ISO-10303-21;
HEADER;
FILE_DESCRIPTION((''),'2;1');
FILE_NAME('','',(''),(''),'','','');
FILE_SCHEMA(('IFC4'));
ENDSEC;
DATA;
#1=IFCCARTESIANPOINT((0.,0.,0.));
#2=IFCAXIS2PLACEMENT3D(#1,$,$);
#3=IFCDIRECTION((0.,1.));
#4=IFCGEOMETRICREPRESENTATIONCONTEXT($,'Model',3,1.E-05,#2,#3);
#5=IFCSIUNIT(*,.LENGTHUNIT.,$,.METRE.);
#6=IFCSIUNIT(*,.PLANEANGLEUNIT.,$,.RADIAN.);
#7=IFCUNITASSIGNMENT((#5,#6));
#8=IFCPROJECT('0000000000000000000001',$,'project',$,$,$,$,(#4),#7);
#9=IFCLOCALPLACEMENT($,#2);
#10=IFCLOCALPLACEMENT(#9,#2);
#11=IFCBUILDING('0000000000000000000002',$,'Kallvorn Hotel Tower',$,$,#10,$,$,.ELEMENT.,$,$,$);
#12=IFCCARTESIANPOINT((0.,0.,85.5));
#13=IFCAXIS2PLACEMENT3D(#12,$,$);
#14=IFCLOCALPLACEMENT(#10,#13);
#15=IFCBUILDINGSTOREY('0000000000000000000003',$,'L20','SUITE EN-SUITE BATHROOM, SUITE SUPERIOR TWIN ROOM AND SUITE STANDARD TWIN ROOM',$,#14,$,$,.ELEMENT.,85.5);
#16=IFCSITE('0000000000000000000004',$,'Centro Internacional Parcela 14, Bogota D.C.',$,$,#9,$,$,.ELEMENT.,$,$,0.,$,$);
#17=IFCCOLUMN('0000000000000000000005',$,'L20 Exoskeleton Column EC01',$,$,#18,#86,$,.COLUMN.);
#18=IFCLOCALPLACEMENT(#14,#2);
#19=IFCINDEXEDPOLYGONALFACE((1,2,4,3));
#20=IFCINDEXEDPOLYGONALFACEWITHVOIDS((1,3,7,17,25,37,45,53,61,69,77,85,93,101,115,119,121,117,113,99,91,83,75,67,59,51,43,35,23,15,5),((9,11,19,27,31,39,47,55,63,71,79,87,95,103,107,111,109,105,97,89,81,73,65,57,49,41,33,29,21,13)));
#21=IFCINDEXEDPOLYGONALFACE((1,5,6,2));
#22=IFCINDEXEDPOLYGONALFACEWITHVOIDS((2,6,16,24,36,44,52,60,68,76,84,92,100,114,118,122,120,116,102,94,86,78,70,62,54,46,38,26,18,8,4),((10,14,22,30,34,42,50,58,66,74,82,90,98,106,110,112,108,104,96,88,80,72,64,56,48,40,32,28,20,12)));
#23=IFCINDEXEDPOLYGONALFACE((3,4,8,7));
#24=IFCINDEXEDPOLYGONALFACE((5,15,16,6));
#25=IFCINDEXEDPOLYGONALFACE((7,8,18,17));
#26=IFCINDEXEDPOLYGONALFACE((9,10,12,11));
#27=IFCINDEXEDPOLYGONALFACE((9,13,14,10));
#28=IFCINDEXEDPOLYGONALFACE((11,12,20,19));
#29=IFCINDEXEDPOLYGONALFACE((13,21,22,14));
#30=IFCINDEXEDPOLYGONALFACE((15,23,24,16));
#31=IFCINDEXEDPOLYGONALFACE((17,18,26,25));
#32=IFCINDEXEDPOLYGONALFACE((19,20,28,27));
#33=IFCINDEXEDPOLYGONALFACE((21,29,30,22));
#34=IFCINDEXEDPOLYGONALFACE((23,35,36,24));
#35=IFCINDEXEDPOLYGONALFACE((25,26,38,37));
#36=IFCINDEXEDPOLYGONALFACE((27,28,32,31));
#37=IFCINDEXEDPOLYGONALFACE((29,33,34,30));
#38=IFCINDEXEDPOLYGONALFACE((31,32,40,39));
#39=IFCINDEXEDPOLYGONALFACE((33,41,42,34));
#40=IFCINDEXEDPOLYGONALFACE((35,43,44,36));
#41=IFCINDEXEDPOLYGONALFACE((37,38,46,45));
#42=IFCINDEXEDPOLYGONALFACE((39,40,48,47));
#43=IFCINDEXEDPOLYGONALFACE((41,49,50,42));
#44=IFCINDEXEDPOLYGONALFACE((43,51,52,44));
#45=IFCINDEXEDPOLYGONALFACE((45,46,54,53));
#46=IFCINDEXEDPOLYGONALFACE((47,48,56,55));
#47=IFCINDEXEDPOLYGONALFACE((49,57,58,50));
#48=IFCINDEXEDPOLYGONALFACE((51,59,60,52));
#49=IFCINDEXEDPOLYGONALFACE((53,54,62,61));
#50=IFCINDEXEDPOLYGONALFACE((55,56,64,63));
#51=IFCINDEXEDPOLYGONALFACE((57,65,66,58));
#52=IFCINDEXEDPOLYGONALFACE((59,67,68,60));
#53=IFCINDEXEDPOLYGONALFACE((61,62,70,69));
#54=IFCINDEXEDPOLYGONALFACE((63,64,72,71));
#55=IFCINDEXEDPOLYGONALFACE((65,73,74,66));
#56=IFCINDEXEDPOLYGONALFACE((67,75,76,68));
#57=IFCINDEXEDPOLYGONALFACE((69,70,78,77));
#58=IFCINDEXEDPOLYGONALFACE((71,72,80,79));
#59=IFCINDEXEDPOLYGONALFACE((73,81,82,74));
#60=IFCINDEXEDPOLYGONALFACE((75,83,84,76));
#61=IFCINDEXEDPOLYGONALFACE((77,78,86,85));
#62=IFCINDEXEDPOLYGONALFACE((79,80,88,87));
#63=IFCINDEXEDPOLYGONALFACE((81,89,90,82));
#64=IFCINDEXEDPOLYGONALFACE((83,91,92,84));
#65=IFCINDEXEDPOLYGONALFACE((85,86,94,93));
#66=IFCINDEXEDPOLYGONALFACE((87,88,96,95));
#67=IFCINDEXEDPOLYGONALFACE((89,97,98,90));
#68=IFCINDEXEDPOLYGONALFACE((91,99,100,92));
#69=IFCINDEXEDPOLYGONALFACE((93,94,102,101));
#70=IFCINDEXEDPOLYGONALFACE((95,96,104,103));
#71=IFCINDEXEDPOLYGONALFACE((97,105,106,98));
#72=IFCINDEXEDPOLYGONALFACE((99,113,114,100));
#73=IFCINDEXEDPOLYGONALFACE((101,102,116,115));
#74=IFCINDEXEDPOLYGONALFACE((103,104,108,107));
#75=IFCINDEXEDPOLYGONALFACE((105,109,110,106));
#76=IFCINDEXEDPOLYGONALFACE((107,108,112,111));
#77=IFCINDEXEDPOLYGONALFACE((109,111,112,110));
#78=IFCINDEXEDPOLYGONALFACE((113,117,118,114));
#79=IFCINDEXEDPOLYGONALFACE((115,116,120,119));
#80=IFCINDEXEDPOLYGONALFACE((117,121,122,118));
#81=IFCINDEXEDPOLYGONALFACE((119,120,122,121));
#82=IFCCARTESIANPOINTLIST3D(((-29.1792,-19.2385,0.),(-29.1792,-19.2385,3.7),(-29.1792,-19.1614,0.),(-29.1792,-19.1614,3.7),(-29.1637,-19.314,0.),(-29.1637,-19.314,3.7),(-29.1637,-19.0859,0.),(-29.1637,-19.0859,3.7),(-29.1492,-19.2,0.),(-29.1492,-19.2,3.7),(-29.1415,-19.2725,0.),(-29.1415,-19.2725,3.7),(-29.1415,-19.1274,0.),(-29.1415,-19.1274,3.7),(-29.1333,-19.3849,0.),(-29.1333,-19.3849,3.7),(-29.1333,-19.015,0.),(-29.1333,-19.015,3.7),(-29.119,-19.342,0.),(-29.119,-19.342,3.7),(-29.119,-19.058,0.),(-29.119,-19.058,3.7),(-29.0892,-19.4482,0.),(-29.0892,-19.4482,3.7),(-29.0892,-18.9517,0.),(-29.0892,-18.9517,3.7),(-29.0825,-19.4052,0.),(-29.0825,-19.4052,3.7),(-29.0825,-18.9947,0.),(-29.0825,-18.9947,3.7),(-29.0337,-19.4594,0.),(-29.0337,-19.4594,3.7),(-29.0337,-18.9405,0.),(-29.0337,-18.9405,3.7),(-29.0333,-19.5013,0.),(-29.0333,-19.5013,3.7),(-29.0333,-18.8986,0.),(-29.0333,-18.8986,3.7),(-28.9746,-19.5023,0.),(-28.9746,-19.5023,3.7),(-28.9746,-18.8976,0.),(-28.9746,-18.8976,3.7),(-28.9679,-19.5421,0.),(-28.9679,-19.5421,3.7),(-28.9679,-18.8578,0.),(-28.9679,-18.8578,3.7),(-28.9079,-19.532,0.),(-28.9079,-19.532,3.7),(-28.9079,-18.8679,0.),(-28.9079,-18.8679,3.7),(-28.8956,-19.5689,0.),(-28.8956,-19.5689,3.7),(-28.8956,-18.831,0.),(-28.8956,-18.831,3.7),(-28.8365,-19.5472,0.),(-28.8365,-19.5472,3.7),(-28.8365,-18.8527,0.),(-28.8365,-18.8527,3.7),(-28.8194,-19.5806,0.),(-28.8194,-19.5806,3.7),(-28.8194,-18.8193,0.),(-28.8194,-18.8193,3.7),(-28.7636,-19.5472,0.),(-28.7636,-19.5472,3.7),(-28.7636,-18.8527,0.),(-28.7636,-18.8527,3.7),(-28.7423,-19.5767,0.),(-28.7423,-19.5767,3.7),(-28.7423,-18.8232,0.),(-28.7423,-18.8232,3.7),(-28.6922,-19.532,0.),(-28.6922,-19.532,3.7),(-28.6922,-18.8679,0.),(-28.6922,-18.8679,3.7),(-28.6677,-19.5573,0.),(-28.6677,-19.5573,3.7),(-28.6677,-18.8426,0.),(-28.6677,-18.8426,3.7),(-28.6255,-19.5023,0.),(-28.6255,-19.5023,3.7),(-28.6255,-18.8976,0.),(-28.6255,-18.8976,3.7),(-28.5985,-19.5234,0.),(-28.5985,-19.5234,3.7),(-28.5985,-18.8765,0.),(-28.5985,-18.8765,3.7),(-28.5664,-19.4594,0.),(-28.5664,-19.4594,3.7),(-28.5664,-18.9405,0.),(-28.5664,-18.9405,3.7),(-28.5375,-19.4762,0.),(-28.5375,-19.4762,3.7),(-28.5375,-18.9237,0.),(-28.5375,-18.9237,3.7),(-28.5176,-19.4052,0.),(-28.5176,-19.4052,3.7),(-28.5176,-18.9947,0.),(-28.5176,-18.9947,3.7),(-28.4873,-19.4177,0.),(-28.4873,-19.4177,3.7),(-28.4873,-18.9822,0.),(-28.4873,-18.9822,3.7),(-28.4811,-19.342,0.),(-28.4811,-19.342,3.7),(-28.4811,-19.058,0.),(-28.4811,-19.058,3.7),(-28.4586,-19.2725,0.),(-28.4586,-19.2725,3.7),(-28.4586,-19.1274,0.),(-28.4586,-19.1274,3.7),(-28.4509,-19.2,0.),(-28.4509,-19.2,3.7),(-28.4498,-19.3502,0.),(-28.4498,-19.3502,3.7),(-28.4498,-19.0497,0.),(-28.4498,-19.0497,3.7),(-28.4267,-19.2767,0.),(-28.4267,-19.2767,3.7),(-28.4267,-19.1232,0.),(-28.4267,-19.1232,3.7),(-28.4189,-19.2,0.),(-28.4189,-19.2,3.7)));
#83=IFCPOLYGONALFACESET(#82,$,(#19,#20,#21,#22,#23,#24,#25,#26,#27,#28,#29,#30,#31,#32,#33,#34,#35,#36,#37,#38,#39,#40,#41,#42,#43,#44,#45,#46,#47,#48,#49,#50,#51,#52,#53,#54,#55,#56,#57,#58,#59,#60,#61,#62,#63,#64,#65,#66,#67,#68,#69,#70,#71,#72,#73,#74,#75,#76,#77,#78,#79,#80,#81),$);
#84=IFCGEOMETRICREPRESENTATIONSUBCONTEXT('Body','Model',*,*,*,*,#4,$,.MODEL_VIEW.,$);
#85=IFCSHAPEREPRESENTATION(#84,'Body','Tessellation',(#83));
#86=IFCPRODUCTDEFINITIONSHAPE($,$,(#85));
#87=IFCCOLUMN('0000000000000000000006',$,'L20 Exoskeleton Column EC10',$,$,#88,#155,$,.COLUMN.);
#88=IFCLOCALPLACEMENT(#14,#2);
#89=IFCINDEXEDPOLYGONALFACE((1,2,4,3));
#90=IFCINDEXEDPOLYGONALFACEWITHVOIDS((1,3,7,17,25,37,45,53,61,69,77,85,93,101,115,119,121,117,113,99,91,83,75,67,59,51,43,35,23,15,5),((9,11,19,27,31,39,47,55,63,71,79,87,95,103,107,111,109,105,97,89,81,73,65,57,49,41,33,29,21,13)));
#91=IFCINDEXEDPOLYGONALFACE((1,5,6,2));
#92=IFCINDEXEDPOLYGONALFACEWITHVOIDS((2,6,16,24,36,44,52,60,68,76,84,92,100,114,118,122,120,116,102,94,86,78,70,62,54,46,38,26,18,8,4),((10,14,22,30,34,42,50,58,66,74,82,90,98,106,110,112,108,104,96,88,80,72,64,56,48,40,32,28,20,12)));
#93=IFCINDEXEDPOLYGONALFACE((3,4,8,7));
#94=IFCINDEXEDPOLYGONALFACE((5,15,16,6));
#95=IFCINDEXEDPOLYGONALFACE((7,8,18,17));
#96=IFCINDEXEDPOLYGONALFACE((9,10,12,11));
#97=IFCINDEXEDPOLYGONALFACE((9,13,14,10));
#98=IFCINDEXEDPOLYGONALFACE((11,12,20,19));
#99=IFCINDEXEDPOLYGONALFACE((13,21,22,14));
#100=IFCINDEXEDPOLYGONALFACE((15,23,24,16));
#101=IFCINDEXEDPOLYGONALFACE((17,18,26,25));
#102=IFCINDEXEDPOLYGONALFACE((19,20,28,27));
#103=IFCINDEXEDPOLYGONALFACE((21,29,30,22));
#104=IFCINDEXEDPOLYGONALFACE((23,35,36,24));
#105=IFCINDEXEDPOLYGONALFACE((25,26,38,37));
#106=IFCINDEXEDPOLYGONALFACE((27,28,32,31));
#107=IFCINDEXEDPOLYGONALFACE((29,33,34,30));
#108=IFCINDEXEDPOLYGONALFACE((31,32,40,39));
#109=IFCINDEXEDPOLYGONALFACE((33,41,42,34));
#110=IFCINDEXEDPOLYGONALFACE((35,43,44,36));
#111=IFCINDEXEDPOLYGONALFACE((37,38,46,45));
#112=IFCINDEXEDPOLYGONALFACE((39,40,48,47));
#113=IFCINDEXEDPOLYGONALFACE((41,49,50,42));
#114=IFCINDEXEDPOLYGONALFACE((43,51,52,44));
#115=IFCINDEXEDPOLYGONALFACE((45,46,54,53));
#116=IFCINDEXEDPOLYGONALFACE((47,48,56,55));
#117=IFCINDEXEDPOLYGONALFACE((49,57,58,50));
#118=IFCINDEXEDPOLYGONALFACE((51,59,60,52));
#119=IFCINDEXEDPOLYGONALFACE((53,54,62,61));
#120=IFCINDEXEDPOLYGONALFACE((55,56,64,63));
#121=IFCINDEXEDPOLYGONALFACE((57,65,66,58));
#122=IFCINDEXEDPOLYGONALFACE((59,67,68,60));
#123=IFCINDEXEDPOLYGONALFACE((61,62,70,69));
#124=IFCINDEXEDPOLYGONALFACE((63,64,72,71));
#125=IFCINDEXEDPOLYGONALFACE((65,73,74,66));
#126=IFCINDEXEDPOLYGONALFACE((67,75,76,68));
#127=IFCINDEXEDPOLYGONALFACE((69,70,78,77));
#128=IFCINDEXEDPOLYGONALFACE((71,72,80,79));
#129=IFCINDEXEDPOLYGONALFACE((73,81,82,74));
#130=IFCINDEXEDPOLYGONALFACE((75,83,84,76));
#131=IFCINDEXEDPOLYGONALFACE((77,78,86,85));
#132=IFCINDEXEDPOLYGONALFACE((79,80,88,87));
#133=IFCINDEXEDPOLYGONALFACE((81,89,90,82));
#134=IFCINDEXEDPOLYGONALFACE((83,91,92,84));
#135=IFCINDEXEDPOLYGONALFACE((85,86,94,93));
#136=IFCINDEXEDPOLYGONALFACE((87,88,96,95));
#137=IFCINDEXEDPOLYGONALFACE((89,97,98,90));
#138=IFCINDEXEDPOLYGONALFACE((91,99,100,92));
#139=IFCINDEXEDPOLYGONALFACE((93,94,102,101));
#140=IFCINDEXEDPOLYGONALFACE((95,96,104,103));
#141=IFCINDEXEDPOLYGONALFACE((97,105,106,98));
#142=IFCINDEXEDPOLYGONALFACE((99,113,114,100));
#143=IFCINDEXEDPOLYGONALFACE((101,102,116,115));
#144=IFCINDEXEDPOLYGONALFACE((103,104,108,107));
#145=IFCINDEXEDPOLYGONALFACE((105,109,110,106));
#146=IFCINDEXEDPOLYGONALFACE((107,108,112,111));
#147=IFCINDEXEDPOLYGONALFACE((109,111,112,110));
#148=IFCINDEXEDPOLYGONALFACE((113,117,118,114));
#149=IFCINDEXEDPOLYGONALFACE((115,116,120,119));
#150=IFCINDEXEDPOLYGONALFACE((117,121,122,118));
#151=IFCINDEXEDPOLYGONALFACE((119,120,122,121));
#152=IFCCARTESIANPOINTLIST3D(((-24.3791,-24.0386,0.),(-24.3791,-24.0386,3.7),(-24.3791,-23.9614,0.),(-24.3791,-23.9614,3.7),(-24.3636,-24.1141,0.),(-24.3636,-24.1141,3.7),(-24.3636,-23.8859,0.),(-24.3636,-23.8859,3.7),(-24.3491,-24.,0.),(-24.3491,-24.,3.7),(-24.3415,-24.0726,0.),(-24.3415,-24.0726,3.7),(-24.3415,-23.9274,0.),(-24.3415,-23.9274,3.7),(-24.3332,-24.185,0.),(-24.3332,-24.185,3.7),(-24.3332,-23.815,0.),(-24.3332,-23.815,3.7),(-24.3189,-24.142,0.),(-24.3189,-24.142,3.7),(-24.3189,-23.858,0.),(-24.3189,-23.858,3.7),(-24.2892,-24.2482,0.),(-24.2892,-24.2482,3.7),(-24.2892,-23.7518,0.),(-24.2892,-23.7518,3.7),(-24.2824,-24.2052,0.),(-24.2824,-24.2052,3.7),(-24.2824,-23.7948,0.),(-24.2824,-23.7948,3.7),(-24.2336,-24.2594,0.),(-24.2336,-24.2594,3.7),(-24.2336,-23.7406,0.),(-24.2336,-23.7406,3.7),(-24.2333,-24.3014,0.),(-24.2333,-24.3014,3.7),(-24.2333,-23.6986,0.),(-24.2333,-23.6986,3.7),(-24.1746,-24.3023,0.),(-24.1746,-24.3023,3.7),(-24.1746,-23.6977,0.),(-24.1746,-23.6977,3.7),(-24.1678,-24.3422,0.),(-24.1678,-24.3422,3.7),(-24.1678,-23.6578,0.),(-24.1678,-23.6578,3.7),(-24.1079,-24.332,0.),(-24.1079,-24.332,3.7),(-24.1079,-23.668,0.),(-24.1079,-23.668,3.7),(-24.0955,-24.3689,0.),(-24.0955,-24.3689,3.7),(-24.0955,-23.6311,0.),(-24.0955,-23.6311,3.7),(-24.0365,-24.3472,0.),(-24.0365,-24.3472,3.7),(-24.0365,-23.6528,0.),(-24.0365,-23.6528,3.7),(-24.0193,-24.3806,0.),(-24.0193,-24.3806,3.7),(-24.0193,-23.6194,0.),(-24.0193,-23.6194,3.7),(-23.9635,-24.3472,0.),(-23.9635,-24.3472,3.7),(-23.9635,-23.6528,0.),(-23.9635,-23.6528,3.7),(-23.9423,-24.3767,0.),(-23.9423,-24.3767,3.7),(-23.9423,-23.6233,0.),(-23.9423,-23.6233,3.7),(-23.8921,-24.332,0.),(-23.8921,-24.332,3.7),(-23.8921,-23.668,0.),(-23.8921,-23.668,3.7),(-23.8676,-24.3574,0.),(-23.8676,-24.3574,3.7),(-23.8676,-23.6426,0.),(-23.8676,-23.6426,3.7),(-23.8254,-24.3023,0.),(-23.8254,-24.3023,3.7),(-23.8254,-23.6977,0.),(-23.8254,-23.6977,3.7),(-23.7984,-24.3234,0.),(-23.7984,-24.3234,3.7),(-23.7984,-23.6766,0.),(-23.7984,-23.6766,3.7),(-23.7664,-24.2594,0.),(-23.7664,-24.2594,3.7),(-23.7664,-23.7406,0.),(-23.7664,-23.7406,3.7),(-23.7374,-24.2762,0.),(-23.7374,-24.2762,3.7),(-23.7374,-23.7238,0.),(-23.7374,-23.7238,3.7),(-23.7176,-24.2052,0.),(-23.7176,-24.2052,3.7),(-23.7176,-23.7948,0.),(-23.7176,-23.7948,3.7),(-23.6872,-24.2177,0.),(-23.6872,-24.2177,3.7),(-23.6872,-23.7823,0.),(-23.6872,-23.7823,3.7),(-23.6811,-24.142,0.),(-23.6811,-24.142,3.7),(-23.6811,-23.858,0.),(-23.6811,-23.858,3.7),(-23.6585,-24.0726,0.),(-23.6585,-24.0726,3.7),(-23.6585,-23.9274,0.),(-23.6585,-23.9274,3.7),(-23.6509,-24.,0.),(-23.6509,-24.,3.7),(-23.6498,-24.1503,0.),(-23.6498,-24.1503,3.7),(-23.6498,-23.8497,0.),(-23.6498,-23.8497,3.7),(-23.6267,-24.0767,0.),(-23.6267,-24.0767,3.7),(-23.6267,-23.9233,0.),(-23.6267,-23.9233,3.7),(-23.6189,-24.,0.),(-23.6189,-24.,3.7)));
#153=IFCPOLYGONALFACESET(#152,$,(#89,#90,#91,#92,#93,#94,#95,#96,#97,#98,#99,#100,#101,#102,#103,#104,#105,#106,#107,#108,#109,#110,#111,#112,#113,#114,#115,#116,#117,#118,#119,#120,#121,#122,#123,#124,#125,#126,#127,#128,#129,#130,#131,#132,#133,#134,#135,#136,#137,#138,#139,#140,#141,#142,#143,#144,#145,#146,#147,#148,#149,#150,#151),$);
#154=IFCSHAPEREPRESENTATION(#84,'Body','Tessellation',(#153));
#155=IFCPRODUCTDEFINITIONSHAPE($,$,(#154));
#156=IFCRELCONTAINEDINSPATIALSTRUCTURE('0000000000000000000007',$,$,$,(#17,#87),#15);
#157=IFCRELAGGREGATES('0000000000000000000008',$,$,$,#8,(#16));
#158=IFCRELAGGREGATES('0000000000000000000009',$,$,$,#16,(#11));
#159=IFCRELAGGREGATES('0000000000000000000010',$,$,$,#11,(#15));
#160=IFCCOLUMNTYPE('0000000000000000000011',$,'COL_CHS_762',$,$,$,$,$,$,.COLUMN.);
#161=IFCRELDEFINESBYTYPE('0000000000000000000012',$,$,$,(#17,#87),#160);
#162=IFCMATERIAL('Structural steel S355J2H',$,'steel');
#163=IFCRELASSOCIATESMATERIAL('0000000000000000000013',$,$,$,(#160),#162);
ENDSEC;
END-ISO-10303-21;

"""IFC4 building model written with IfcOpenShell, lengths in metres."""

from ifc_helpers import new_model, si_unit, direction, frame, origin, origin_2d, place, context, subcontext, project, spatial, hollow_circle, extrude, material, material_profile, profile_set, type_object, element, save


model = new_model("IFC4")

# Units and contexts
model_context = context("Model", 3, precision=1e-05, world=origin(), true_north=direction((0.0, 1.0)))
body_context = subcontext(model_context, "Body", "Model", "MODEL_VIEW")
ifc_project = project(units=[si_unit("LENGTHUNIT", "METRE"), si_unit("PLANEANGLEUNIT", "RADIAN")], contexts=[model_context])

# Site, building, storey
site_placement = place(None, origin())
site = spatial("IfcSite", under=ifc_project, at=site_placement, Name="Centro Internacional Parcela 14, Bogota D.C.", CompositionType="ELEMENT", RefElevation=0.0)
building_placement = place(site_placement, origin())
building = spatial("IfcBuilding", under=site, at=building_placement, Name="Kallvorn Hotel Tower", CompositionType="ELEMENT")
storey_placement = place(building_placement, frame((0.0, 0.0, 85.5)))
storey = spatial("IfcBuildingStorey", under=building, at=storey_placement, Name="L20", Description="SUITE EN-SUITE BATHROOM, SUITE SUPERIOR TWIN ROOM AND SUITE STANDARD TWIN ROOM", CompositionType="ELEMENT", Elevation=85.5)

# Columns
ifc_material_1 = material(Name="Structural steel S355J2H", Category="steel")
ifc_material_profile_1 = material_profile(ifc_material_1, hollow_circle(Radius=0.3811, WallThickness=0.032, at=origin_2d()), Name="CHS 762x32")
ifc_profile_set_1 = profile_set([ifc_material_profile_1], Name="Structural steel S355J2H")
column_type = type_object("IfcColumnType", Name="COL_CHS_762", PredefinedType="COLUMN", material=ifc_profile_set_1)
for number, where, z_axis, x_axis, name in (
    (1, (-28.8, -19.2, 0.0), (0.0, 0.0, 1.0), (1.0, 0.0, 0.0), "L20 Exoskeleton Column EC01"),
    (2, (-24.0, -24.0, 0.0), (0.0, 0.0, 1.0), (1.0, 0.0, 0.0), "L20 Exoskeleton Column EC10"),
):
    element("IfcColumn", number, at=place(storey_placement, frame(where, z_axis=z_axis, x_axis=x_axis)), inside=storey, type_object=column_type, Name=name, PredefinedType="COLUMN", context=body_context, shape_type="SweptSolid", body=[
        extrude(hollow_circle(Radius=0.3811, WallThickness=0.032, at=origin_2d()), origin(), (0.0, 0.0, 1.0), 3.7),
    ])

save(model, "model.ifc")
